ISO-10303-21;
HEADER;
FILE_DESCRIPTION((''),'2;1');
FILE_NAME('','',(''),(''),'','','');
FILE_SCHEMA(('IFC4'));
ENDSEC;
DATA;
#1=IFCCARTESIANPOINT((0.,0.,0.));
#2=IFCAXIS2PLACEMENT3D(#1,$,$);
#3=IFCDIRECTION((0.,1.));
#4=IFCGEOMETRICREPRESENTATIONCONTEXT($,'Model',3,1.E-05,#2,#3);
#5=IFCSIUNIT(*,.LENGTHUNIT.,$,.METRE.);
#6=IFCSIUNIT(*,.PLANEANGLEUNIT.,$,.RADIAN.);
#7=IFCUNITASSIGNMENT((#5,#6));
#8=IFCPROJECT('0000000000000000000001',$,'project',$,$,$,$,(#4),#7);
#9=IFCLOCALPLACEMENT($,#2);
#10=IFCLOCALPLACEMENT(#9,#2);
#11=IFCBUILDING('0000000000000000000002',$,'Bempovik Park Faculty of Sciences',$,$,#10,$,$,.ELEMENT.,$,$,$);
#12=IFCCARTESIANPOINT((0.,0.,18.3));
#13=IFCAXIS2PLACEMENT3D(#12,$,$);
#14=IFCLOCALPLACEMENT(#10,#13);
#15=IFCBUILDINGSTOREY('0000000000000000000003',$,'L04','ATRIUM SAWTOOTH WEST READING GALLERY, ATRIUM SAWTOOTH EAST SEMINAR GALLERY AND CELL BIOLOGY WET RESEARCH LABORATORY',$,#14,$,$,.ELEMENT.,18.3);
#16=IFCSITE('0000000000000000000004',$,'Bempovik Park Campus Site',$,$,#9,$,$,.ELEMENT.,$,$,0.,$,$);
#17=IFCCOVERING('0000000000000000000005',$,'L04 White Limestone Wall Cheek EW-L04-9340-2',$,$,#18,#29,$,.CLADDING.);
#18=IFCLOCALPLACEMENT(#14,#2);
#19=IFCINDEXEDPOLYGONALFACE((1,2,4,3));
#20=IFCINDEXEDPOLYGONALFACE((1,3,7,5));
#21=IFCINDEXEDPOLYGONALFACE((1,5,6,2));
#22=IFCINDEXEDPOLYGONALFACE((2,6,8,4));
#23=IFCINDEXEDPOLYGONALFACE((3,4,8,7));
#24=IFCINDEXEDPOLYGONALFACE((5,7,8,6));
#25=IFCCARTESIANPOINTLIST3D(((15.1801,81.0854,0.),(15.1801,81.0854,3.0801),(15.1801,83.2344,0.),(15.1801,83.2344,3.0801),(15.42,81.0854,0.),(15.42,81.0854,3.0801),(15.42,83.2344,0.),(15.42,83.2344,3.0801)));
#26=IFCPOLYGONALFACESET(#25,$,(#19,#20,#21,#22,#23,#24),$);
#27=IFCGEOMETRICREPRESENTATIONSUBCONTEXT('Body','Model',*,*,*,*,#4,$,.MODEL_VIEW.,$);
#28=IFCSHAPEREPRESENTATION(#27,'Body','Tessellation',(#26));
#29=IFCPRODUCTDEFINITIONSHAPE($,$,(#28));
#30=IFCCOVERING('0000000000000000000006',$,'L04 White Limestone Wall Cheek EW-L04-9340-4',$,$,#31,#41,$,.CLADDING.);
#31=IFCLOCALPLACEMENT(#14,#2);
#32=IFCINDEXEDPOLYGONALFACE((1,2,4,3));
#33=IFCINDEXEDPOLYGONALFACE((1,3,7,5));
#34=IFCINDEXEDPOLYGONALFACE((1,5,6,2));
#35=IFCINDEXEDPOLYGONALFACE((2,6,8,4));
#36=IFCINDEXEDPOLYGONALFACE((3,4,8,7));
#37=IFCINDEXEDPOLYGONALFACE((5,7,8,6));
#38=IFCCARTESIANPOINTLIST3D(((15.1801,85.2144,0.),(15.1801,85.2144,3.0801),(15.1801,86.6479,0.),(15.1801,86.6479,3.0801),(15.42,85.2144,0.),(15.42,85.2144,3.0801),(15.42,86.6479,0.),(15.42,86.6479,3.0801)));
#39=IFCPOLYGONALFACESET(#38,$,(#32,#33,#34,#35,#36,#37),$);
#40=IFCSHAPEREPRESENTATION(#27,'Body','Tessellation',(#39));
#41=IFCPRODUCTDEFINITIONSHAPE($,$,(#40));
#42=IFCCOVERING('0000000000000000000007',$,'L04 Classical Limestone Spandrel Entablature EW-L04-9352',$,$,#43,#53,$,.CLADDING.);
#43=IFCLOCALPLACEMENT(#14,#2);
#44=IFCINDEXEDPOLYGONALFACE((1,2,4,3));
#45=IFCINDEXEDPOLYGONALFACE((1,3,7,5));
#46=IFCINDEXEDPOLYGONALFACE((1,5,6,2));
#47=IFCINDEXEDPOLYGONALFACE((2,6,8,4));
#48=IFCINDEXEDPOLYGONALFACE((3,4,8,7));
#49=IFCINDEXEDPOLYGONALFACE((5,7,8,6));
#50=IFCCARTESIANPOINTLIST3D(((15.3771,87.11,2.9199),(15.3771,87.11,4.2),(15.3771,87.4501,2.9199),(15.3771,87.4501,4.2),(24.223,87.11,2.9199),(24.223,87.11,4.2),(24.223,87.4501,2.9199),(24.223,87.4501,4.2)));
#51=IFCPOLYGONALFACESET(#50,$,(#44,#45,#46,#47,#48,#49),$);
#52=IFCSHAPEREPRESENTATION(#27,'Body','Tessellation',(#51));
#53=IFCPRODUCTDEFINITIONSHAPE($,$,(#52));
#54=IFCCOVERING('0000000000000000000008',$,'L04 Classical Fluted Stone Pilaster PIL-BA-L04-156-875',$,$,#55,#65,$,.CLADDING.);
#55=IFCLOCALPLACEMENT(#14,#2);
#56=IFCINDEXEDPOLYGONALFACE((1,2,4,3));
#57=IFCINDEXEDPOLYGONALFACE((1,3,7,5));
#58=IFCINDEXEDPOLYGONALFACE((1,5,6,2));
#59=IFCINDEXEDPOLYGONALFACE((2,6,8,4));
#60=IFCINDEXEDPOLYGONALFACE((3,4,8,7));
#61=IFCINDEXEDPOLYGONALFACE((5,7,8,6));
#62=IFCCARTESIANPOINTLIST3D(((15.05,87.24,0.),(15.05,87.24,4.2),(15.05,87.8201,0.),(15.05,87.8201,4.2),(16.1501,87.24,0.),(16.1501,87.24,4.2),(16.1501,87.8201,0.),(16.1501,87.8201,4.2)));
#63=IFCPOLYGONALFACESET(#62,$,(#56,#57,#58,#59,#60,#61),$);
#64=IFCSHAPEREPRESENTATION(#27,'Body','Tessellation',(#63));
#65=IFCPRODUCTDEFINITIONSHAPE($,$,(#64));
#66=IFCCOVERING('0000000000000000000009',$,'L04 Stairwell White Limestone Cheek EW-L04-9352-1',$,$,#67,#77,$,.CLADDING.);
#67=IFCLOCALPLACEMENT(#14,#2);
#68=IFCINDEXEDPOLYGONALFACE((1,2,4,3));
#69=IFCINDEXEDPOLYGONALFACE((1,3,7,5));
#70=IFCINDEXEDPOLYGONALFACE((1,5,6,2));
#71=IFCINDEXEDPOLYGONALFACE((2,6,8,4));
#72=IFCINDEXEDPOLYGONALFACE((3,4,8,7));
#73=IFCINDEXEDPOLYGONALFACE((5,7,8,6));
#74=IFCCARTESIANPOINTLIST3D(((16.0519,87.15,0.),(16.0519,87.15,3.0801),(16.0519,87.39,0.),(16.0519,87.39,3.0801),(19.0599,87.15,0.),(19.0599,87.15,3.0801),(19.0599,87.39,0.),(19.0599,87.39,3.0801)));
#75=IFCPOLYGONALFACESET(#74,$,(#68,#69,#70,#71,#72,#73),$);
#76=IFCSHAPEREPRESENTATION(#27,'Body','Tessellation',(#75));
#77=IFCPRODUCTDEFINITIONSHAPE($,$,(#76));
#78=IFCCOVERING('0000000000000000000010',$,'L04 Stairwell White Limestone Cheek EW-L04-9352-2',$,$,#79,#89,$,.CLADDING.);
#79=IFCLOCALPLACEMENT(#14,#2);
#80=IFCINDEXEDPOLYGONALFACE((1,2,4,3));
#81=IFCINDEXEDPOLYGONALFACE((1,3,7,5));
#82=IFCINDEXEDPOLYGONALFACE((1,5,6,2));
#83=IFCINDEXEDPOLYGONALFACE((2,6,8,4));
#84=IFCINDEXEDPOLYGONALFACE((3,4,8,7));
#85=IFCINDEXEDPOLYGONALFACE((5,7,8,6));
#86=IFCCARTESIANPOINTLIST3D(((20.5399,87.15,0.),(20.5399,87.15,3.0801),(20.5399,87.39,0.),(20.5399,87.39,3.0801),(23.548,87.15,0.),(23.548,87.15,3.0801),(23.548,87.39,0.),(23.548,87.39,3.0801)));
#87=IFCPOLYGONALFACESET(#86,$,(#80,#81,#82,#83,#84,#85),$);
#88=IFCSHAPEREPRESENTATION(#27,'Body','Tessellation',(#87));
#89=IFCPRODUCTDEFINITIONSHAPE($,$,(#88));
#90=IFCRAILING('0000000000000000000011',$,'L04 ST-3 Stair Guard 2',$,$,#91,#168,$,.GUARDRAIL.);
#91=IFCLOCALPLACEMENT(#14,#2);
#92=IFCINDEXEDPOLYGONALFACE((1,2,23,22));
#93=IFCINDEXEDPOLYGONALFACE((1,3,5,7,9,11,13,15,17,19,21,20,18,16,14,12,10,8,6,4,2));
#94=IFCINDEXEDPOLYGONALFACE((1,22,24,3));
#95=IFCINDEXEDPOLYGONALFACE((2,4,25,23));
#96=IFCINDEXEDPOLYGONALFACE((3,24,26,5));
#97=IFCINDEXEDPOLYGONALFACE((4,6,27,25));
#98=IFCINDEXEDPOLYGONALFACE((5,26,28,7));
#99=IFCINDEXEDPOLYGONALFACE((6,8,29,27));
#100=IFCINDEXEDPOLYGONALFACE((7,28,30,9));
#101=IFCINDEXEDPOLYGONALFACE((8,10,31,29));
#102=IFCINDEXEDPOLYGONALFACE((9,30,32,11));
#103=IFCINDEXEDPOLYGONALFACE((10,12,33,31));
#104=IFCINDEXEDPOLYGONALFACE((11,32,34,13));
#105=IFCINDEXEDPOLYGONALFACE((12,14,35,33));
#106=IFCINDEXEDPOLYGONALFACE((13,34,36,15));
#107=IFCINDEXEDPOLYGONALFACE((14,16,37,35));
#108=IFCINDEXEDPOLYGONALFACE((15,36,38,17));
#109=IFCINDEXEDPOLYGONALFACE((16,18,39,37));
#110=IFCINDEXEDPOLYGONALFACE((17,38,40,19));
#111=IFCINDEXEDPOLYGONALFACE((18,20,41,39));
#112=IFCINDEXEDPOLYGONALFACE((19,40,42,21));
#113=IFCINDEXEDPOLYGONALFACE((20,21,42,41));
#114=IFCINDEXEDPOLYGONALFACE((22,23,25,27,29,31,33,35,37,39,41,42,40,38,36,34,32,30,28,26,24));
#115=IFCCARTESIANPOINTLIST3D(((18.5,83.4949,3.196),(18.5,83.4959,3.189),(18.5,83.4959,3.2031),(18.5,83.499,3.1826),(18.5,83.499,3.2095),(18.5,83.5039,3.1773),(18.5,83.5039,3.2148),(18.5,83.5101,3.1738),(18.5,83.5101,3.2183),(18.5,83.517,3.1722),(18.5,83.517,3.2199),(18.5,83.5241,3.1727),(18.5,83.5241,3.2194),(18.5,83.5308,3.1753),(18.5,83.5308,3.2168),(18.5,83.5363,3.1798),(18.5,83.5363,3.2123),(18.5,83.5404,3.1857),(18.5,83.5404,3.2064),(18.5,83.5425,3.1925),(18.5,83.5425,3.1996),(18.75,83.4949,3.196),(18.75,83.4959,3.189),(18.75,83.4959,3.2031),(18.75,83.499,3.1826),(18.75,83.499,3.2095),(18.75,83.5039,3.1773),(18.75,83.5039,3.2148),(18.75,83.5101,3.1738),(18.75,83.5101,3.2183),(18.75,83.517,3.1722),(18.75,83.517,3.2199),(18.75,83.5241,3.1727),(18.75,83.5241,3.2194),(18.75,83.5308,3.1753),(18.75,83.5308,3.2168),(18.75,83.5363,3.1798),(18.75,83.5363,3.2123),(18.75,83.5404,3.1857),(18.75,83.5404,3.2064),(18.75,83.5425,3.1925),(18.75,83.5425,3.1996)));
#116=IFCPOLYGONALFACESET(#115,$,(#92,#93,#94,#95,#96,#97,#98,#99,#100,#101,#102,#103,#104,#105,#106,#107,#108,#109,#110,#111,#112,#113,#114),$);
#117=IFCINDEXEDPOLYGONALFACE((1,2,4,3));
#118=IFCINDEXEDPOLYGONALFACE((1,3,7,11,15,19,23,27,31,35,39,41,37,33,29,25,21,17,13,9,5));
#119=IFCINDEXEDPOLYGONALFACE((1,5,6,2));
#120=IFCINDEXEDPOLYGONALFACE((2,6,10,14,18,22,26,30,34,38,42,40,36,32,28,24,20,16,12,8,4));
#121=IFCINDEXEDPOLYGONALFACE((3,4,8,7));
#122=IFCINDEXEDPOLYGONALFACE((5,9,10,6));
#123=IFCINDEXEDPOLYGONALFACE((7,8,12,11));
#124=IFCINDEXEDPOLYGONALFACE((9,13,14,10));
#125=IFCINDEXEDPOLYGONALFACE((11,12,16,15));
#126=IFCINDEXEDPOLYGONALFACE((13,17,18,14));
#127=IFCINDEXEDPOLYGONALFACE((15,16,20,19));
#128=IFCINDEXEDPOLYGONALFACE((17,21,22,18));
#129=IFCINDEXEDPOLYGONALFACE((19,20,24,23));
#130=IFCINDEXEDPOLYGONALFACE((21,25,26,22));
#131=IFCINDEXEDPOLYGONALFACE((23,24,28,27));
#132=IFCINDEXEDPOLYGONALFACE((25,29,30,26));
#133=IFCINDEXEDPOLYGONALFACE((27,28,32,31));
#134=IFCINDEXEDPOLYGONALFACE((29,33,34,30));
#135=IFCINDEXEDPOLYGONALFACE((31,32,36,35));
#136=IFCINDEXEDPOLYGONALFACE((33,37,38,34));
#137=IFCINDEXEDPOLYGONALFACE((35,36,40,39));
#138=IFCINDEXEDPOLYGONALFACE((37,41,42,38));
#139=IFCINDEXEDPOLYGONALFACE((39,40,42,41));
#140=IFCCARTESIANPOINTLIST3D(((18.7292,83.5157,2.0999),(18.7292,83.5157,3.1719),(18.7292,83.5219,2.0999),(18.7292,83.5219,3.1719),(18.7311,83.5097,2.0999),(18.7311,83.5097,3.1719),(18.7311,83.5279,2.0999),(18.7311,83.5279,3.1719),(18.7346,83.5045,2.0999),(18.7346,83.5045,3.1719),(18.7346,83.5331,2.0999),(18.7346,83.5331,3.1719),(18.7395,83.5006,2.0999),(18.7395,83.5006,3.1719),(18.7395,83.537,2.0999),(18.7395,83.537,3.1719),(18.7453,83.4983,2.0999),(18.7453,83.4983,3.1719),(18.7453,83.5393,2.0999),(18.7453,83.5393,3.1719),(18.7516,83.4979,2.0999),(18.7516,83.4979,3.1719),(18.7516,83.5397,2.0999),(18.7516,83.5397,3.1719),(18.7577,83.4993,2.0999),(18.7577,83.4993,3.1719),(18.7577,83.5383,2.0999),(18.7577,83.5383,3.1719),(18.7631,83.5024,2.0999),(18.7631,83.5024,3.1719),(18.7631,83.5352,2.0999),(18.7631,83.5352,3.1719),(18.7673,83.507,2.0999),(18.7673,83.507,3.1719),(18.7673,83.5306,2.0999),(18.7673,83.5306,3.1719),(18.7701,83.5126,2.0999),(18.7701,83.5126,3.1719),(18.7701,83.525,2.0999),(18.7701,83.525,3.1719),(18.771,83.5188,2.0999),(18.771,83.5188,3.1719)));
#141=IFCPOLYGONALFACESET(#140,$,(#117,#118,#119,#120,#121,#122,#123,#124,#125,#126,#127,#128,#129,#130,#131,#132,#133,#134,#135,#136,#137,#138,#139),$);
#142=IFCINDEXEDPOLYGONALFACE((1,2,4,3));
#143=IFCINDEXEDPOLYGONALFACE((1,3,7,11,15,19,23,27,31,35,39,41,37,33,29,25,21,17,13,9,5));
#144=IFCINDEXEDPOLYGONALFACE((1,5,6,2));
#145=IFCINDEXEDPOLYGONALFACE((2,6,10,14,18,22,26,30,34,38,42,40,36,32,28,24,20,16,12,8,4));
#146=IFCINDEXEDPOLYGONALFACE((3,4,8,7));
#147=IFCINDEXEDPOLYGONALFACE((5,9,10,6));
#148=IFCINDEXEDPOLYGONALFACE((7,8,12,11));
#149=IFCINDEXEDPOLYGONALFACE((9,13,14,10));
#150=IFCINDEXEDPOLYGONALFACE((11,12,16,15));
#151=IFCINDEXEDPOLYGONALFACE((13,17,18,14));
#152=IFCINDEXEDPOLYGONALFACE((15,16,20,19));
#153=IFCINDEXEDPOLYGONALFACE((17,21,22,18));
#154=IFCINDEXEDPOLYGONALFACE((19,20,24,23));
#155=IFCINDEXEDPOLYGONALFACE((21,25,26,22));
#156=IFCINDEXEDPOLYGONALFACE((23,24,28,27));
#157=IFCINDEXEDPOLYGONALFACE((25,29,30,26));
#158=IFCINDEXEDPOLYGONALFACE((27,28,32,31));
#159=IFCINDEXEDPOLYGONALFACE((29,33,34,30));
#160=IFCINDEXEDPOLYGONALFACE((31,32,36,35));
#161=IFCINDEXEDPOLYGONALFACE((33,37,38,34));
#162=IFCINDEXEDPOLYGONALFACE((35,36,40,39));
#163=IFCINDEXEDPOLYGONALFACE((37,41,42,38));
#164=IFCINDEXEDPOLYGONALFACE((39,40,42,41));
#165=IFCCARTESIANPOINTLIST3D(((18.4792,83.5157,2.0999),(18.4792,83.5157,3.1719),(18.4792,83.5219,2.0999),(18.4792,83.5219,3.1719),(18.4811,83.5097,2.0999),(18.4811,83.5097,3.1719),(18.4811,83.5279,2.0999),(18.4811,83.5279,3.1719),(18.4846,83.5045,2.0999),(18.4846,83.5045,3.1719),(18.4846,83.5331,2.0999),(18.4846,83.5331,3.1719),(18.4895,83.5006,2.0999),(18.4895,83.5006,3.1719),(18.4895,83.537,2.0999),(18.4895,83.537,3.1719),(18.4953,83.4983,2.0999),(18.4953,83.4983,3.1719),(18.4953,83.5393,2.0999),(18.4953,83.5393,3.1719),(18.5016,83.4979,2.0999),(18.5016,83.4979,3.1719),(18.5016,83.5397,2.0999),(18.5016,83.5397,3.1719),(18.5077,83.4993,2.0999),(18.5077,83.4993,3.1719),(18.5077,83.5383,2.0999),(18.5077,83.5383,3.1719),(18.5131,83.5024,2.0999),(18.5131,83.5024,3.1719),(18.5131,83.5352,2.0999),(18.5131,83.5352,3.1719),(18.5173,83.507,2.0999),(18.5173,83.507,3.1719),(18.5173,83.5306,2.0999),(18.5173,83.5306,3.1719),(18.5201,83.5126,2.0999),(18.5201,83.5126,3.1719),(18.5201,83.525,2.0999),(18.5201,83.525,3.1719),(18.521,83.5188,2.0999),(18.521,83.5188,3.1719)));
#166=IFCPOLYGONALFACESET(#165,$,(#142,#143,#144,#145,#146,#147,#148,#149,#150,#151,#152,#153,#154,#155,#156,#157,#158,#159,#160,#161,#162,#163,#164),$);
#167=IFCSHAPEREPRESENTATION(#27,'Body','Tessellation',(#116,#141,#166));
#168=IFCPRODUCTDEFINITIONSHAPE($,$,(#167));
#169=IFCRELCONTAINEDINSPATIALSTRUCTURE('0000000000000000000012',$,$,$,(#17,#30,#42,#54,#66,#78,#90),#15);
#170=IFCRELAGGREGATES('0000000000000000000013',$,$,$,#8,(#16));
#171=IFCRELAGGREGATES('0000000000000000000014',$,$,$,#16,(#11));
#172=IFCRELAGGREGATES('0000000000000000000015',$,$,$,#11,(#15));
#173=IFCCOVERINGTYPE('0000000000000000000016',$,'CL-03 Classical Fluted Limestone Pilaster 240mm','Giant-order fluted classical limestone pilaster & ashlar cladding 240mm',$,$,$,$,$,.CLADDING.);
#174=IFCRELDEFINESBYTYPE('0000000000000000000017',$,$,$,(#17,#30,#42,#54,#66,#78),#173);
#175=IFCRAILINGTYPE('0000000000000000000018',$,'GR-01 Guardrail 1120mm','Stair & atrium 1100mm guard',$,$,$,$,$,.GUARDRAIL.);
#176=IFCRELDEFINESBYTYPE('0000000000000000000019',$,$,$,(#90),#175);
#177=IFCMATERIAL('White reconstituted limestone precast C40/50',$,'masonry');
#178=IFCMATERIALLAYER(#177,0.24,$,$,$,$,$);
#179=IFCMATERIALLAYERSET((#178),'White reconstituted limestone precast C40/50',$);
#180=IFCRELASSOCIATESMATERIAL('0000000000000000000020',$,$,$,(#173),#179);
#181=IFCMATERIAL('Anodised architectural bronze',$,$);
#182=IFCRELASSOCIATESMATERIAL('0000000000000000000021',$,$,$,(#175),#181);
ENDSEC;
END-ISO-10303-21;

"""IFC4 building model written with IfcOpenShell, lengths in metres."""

from ifc_helpers import new_model, si_unit, direction, frame, origin, origin_2d, place, context, subcontext, project, spatial, rectangle, circle, extrude, material, layer, layer_set, type_object, element, save


model = new_model("IFC4")

# Units and contexts
model_context = context("Model", 3, precision=1e-05, world=origin(), true_north=direction((0.0, 1.0)))
body_context = subcontext(model_context, "Body", "Model", "MODEL_VIEW")
ifc_project = project(units=[si_unit("LENGTHUNIT", "METRE"), si_unit("PLANEANGLEUNIT", "RADIAN")], contexts=[model_context])

# Site, building, storey
site_placement = place(None, origin())
site = spatial("IfcSite", under=ifc_project, at=site_placement, Name="Bempovik Park Campus Site", CompositionType="ELEMENT", RefElevation=0.0)
building_placement = place(site_placement, origin())
building = spatial("IfcBuilding", under=site, at=building_placement, Name="Bempovik Park Faculty of Sciences", CompositionType="ELEMENT")
storey_placement = place(building_placement, frame((0.0, 0.0, 18.3)))
storey = spatial("IfcBuildingStorey", under=building, at=storey_placement, Name="L04", Description="ATRIUM SAWTOOTH WEST READING GALLERY, ATRIUM SAWTOOTH EAST SEMINAR GALLERY AND CELL BIOLOGY WET RESEARCH LABORATORY", CompositionType="ELEMENT", Elevation=18.3)

# Coverings
ifc_material_1 = material(Name="White reconstituted limestone precast C40/50", Category="masonry")
ifc_layer_1 = layer(ifc_material_1, 0.24)
ifc_layer_set_1 = layer_set([ifc_layer_1], Name="White reconstituted limestone precast C40/50")
covering_type = type_object("IfcCoveringType", Name="CL-03 Classical Fluted Limestone Pilaster 240mm", Description="Giant-order fluted classical limestone pilaster & ashlar cladding 240mm", PredefinedType="CLADDING", material=ifc_layer_set_1)
covering_1_placement = place(storey_placement, frame((15.3, 82.1599, 0.0), z_axis=(0.0, 0.0, 1.0), x_axis=(1.0, 0.0, 0.0)))
element("IfcCovering", 1, at=covering_1_placement, inside=storey, type_object=covering_type, Name="L04 White Limestone Wall Cheek EW-L04-9340-2", PredefinedType="CLADDING", context=body_context, shape_type="SweptSolid", body=[
    extrude(rectangle(XDim=0.24, YDim=2.1489, at=origin_2d()), origin(), (0.0, 0.0, 1.0), 3.0801),
])
covering_2_placement = place(storey_placement, frame((15.3, 85.9312, 0.0), z_axis=(0.0, 0.0, 1.0), x_axis=(1.0, 0.0, 0.0)))
element("IfcCovering", 2, at=covering_2_placement, inside=storey, type_object=covering_type, Name="L04 White Limestone Wall Cheek EW-L04-9340-4", PredefinedType="CLADDING", context=body_context, shape_type="SweptSolid", body=[
    extrude(rectangle(XDim=0.24, YDim=1.4336, at=origin_2d()), origin(), (0.0, 0.0, 1.0), 3.0801),
])
covering_3_placement = place(storey_placement, frame((19.8, 87.28, 2.9199), z_axis=(0.0, 0.0, 1.0), x_axis=(1.0, 0.0, 0.0)))
element("IfcCovering", 3, at=covering_3_placement, inside=storey, type_object=covering_type, Name="L04 Classical Limestone Spandrel Entablature EW-L04-9352", PredefinedType="CLADDING", context=body_context, shape_type="SweptSolid", body=[
    extrude(rectangle(XDim=8.8459, YDim=0.3401, at=origin_2d()), origin(), (0.0, 0.0, 1.0), 1.28),
])
covering_4_placement = place(storey_placement, frame((15.6001, 87.53, 0.0), z_axis=(0.0, 0.0, 1.0), x_axis=(1.0, 0.0, 0.0)))
element("IfcCovering", 4, at=covering_4_placement, inside=storey, type_object=covering_type, Name="L04 Classical Fluted Stone Pilaster PIL-BA-L04-156-875", PredefinedType="CLADDING", context=body_context, shape_type="SweptSolid", body=[
    extrude(rectangle(XDim=1.1001, YDim=0.5801, at=origin_2d()), origin(), (0.0, 0.0, 1.0), 4.2),
])
for number, where, z_axis, x_axis, name in (
    (5, (17.5559, 87.27, 0.0), (0.0, 0.0, 1.0), (1.0, 0.0, 0.0), "L04 Stairwell White Limestone Cheek EW-L04-9352-1"),
    (6, (22.0439, 87.27, 0.0), (0.0, 0.0, 1.0), (1.0, 0.0, 0.0), "L04 Stairwell White Limestone Cheek EW-L04-9352-2"),
):
    element("IfcCovering", number, at=place(storey_placement, frame(where, z_axis=z_axis, x_axis=x_axis)), inside=storey, type_object=covering_type, Name=name, PredefinedType="CLADDING", context=body_context, shape_type="SweptSolid", body=[
        extrude(rectangle(XDim=3.0081, YDim=0.24, at=origin_2d()), origin(), (0.0, 0.0, 1.0), 3.0801),
    ])

# Railing
ifc_material_2 = material(Name="Anodised architectural bronze")
railing_type_1 = type_object("IfcRailingType", Name="GR-01 Guardrail 1120mm", Description="Stair & atrium 1100mm guard", PredefinedType="GUARDRAIL", material=ifc_material_2)
railing_1_placement = place(storey_placement, frame((18.75, 83.5188, 2.0999)))
element("IfcRailing", 7, at=railing_1_placement, inside=storey, type_object=railing_type_1, Name="L04 ST-3 Stair Guard 2", PredefinedType="GUARDRAIL", context=body_context, shape_type="SweptSolid", body=[
    extrude(circle(Radius=0.0239, at=origin_2d()), frame((0.0, 0.0, 1.0962), z_axis=(-1.0, 0.0, 0.0), x_axis=(0.0, -1.0, 0.0)), (0.0, 0.0, 1.0), 0.25),
    extrude(circle(Radius=0.021, at=origin_2d()), origin(), (0.0, 0.0, 1.0), 1.072),
    extrude(circle(Radius=0.021, at=origin_2d()), frame((-0.25, 0.0, 0.0)), (0.0, 0.0, 1.0), 1.072),
])

save(model, "model.ifc")
